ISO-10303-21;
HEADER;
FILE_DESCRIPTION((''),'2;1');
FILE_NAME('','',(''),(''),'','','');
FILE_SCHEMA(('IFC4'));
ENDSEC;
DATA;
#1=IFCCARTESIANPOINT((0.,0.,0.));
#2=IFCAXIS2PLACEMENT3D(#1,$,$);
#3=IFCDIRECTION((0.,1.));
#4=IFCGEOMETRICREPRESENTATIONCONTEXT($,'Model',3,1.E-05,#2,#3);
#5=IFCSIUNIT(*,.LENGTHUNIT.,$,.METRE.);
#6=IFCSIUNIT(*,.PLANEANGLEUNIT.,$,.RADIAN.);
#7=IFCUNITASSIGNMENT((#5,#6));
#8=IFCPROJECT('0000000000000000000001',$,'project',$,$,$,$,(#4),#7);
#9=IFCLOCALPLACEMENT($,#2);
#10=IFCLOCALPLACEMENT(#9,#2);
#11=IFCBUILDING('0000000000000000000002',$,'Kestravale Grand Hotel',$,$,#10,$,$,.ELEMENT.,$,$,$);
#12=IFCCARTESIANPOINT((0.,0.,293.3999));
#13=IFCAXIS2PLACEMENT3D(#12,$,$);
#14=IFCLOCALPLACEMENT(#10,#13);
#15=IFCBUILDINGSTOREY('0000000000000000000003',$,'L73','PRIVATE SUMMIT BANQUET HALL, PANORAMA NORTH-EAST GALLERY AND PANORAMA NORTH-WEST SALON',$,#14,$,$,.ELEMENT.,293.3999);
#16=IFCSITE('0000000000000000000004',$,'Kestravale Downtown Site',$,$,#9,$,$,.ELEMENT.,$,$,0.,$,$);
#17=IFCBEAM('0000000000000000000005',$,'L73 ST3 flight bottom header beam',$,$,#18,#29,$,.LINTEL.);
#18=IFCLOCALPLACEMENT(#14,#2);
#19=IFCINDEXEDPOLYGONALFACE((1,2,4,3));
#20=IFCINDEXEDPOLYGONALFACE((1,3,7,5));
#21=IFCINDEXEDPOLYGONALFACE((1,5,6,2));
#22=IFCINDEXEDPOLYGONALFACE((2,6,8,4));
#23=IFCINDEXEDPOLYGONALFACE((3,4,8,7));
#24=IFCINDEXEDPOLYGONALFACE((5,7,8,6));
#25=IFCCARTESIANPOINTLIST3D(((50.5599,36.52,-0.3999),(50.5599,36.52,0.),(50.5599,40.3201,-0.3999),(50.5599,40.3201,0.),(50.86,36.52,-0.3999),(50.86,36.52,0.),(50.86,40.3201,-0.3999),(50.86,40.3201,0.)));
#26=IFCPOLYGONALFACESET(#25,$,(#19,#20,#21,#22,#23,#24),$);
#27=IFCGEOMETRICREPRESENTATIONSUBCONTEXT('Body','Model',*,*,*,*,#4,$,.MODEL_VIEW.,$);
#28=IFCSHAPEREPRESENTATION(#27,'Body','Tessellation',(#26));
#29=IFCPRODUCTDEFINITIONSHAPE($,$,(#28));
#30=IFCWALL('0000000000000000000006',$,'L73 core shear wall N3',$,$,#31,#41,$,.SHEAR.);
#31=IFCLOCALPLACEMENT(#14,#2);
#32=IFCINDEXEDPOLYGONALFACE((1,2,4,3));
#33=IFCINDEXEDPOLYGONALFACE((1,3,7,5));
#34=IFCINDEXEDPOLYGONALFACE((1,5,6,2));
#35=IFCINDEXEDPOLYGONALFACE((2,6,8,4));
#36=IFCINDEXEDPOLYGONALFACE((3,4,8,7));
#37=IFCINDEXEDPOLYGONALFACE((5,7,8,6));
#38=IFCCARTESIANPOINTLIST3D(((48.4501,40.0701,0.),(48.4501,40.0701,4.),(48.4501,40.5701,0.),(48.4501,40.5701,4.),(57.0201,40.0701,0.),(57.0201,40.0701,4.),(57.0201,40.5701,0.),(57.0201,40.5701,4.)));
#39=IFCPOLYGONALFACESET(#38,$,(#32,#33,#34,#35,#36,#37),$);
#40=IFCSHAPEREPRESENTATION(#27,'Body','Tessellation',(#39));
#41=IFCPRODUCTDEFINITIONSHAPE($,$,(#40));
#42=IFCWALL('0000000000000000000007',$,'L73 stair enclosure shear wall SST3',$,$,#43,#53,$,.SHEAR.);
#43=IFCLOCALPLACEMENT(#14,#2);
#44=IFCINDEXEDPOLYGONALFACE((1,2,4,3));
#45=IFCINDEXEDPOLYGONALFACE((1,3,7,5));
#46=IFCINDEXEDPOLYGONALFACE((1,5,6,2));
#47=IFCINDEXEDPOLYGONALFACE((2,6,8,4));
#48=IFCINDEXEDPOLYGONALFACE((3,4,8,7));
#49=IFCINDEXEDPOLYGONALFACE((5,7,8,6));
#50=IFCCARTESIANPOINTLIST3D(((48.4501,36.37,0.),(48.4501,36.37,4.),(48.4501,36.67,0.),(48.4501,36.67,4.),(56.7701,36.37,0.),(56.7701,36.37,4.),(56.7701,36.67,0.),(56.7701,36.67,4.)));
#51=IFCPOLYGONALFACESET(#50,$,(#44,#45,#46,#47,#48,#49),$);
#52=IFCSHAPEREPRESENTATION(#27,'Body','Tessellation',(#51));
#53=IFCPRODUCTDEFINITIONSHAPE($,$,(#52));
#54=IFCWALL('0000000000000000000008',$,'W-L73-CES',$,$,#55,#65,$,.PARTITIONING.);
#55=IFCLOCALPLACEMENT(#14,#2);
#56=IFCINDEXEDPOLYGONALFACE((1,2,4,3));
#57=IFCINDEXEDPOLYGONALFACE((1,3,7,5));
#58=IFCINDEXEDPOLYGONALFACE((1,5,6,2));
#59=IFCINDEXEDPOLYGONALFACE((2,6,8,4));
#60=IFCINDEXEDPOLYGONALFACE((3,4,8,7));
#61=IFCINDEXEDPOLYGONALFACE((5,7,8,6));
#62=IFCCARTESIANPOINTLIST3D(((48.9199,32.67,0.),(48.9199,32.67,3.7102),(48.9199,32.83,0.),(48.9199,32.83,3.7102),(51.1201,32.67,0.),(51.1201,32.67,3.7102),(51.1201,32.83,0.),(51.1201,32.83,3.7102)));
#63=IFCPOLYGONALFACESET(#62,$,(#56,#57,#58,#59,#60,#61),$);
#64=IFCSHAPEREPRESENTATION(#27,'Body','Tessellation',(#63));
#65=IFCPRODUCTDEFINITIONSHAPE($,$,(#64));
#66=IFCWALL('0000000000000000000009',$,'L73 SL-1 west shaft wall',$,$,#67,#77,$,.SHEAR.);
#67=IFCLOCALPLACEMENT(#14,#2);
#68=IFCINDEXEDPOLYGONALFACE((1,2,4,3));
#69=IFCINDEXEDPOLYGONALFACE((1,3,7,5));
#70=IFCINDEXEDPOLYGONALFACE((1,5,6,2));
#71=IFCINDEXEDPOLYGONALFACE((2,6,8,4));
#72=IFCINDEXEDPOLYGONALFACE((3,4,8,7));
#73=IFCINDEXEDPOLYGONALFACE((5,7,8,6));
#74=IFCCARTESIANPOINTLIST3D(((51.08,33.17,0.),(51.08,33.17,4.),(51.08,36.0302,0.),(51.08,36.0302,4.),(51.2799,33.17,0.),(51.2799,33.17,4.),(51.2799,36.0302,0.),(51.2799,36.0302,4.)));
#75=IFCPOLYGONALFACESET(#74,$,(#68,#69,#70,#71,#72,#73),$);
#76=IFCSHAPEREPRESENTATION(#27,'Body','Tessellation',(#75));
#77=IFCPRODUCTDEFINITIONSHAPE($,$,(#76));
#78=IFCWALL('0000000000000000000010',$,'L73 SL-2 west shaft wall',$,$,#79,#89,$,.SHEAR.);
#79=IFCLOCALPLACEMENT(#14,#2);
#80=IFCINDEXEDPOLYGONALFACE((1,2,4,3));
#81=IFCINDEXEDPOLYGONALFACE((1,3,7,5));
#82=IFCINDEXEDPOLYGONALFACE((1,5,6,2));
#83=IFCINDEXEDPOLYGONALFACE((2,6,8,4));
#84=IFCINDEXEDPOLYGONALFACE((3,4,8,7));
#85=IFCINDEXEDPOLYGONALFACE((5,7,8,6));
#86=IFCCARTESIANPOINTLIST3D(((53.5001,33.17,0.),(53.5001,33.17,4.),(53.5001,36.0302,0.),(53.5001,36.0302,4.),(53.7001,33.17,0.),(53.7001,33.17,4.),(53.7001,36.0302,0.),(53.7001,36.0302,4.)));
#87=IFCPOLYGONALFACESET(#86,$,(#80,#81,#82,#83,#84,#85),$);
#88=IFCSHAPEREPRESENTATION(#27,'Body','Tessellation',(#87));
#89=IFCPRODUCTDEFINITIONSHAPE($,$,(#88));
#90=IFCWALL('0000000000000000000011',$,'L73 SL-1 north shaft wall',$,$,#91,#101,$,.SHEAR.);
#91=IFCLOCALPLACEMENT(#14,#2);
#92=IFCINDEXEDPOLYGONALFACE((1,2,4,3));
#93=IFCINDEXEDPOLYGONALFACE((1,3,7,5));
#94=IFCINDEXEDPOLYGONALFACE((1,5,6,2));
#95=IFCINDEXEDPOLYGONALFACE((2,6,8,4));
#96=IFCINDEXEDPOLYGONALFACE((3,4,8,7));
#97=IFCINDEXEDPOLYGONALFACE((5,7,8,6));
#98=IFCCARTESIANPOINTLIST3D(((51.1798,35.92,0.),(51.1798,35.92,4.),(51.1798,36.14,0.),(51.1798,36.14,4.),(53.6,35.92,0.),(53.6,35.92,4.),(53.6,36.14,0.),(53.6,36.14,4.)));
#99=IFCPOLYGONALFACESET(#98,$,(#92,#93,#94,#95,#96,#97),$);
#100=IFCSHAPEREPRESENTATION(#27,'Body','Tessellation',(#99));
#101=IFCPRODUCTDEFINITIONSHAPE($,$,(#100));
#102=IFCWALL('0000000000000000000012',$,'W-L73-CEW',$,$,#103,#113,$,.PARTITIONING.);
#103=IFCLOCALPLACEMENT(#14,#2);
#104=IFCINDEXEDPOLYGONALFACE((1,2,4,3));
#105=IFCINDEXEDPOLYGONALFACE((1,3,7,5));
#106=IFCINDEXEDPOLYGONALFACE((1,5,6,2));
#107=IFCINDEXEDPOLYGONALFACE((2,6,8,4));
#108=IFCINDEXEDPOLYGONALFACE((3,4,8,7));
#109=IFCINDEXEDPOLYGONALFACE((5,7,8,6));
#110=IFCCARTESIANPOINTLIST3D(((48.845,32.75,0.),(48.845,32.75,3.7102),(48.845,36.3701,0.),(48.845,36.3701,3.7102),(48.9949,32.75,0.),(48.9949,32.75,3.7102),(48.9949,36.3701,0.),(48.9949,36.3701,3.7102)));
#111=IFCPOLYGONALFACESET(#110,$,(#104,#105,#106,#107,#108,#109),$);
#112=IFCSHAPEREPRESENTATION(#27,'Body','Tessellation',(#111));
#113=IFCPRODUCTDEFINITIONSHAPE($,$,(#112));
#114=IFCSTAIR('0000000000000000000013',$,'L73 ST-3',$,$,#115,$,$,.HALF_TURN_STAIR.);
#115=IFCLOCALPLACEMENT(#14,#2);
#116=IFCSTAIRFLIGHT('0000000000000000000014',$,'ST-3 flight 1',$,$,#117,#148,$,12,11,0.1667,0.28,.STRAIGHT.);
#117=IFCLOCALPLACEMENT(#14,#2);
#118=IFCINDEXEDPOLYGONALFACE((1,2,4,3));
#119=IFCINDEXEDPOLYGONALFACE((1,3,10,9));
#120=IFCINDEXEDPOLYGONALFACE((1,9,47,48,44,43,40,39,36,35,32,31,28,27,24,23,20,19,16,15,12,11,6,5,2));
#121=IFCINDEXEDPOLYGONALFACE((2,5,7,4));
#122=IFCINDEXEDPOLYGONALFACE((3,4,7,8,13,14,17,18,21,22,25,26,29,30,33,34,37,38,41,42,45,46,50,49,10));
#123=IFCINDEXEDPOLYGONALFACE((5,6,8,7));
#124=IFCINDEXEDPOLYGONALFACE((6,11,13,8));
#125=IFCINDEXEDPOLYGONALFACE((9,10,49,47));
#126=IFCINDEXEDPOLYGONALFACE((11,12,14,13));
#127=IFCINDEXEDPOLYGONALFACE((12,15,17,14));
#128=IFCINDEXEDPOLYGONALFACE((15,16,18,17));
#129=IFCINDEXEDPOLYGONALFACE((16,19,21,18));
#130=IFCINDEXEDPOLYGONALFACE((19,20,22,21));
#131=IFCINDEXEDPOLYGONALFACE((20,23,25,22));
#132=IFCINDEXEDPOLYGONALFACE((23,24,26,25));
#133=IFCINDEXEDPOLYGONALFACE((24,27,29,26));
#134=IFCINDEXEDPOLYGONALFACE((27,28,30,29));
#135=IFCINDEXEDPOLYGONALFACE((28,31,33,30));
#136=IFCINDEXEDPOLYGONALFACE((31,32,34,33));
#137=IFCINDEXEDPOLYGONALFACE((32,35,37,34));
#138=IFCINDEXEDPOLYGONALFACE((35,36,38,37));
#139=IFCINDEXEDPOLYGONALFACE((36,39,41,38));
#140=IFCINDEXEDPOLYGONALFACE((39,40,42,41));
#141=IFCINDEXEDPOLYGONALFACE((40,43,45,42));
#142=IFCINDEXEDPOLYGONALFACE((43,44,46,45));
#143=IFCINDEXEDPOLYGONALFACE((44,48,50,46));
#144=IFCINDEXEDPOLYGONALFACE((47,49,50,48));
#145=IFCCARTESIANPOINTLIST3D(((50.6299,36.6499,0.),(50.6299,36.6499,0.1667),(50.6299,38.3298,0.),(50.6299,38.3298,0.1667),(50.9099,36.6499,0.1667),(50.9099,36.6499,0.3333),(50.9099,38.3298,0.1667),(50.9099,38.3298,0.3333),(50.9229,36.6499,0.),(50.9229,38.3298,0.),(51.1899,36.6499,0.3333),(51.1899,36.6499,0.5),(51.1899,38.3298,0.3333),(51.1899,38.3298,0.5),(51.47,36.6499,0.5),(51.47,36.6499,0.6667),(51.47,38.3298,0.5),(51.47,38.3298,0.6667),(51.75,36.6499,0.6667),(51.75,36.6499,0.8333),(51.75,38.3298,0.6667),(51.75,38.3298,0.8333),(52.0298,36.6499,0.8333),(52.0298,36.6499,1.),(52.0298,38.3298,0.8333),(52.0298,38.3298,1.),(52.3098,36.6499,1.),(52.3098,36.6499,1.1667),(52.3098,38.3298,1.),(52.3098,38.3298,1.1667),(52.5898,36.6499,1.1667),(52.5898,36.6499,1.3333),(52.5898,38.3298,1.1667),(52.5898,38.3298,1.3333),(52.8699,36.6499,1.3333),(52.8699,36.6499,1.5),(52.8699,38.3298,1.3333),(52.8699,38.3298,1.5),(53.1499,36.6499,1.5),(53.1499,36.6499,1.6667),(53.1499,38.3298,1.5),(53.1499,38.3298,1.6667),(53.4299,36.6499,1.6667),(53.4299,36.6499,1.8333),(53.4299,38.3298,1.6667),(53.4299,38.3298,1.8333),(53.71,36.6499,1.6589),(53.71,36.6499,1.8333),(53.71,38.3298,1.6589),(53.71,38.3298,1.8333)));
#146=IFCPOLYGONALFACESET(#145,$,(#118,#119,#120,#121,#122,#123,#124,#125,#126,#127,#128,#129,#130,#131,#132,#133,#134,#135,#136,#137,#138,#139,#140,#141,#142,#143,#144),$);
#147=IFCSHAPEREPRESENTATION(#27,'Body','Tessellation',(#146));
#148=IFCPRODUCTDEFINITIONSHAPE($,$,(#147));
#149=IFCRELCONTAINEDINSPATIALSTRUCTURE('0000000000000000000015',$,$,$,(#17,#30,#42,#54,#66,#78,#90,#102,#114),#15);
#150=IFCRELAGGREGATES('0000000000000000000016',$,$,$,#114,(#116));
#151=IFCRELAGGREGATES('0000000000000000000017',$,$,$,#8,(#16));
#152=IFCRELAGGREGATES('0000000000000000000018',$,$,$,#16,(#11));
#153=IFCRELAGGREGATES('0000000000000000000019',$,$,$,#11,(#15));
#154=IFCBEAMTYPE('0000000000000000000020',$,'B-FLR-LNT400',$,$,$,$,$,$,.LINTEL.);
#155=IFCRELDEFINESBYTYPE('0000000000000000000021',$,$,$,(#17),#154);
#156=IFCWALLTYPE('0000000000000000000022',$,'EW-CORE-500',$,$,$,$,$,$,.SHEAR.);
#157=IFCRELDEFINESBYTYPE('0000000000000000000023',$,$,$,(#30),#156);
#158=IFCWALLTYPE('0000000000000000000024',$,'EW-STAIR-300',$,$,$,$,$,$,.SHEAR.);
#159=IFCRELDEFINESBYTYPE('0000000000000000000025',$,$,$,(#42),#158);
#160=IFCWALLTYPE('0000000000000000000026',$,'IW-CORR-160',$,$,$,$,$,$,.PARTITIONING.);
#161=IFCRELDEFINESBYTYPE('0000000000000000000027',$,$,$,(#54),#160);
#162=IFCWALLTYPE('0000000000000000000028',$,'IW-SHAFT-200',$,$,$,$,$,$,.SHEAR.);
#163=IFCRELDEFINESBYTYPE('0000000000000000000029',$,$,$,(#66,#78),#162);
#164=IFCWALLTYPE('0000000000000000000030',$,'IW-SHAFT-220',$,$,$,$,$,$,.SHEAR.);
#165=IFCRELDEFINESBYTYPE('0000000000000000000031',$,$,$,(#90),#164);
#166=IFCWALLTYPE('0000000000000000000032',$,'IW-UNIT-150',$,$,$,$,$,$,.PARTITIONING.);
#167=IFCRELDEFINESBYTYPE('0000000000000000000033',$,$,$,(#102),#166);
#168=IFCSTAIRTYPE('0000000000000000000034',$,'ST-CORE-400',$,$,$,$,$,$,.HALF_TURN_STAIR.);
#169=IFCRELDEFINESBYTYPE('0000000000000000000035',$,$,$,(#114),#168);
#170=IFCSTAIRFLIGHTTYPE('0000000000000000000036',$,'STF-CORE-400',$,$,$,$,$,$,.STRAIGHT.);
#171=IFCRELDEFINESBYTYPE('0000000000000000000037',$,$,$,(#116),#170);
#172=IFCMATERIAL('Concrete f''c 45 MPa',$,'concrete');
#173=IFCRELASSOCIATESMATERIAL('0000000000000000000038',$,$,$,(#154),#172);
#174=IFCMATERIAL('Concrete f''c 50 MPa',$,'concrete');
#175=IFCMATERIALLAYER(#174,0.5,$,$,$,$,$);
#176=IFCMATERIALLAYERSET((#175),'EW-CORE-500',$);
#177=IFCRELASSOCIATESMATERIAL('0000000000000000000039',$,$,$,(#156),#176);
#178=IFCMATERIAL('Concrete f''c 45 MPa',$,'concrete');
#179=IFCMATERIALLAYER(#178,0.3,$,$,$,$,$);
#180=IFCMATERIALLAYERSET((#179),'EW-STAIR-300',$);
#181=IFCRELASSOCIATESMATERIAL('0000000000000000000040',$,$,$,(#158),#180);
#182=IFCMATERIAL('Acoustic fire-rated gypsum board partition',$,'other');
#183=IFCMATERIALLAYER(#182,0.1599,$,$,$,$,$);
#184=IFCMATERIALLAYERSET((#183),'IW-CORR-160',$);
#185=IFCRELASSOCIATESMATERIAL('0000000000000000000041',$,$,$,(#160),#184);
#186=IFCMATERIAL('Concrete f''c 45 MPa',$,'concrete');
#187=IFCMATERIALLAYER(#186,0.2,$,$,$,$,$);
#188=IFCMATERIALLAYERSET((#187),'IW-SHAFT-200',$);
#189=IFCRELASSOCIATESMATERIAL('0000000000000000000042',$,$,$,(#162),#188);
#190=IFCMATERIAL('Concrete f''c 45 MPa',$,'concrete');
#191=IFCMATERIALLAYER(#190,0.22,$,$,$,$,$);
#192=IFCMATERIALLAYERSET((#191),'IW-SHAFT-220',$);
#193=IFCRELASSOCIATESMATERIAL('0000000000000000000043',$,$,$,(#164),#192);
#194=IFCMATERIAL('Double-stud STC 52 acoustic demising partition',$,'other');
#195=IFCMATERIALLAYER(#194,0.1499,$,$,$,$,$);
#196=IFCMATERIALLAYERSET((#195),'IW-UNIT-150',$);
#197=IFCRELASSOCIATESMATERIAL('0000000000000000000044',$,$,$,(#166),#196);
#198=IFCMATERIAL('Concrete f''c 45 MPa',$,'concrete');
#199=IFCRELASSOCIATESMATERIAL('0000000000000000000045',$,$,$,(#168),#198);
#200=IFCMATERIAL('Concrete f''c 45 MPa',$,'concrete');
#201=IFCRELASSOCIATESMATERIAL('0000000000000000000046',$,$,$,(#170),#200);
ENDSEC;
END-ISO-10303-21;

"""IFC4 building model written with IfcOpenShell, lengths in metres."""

from ifc_helpers import new_model, si_unit, direction, frame, frame_2d, origin, origin_2d, place, context, subcontext, project, spatial, polyline, rectangle, outline, extrude, material, layer, layer_set, material_profile, profile_set, type_object, element, aggregate, save


model = new_model("IFC4")

# Units and contexts
model_context = context("Model", 3, precision=1e-05, world=origin(), true_north=direction((0.0, 1.0)))
body_context = subcontext(model_context, "Body", "Model", "MODEL_VIEW")
ifc_project = project(units=[si_unit("LENGTHUNIT", "METRE"), si_unit("PLANEANGLEUNIT", "RADIAN")], contexts=[model_context])

# Site, building, storey
site_placement = place(None, origin())
site = spatial("IfcSite", under=ifc_project, at=site_placement, Name="Kestravale Downtown Site", CompositionType="ELEMENT", RefElevation=0.0)
building_placement = place(site_placement, origin())
building = spatial("IfcBuilding", under=site, at=building_placement, Name="Kestravale Grand Hotel", CompositionType="ELEMENT")
storey_placement = place(building_placement, frame((0.0, 0.0, 293.3999)))
storey = spatial("IfcBuildingStorey", under=building, at=storey_placement, Name="L73", Description="PRIVATE SUMMIT BANQUET HALL, PANORAMA NORTH-EAST GALLERY AND PANORAMA NORTH-WEST SALON", CompositionType="ELEMENT", Elevation=293.3999)

# Beam
ifc_material_1 = material(Name="Concrete f'c 45 MPa", Category="concrete")
ifc_material_profile = material_profile(ifc_material_1, rectangle(XDim=0.3, YDim=0.3999, at=origin_2d()))
ifc_profile_set = profile_set([ifc_material_profile], Name="Concrete f'c 45 MPa")
beam_type = type_object("IfcBeamType", Name="B-FLR-LNT400", PredefinedType="LINTEL", material=ifc_profile_set)
beam_placement = place(storey_placement, frame((50.71, 36.52, -0.2), z_axis=(0.0, 1.0, 0.0), x_axis=(-1.0, 0.0, 0.0)))
element("IfcBeam", 1, at=beam_placement, inside=storey, type_object=beam_type, Name="L73 ST3 flight bottom header beam", PredefinedType="LINTEL", context=body_context, shape_type="SweptSolid", body=[
    extrude(rectangle(XDim=0.3, YDim=0.3999, at=origin_2d()), origin(), (0.0, 0.0, 1.0), 3.8),
])

# Walls
ifc_material_2 = material(Name="Concrete f'c 50 MPa", Category="concrete")
ifc_layer_1 = layer(ifc_material_2, 0.5)
ifc_layer_set_1 = layer_set([ifc_layer_1], Name="EW-CORE-500")
wall_type_1 = type_object("IfcWallType", Name="EW-CORE-500", PredefinedType="SHEAR", material=ifc_layer_set_1)
wall_1_placement = place(storey_placement, frame((48.45, 40.3201, 0.0), z_axis=(0.0, 0.0, 1.0), x_axis=(1.0, 0.0, 0.0)))
element("IfcWall", 2, at=wall_1_placement, inside=storey, type_object=wall_type_1, Name="L73 core shear wall N3", PredefinedType="SHEAR", context=body_context, shape_type="SweptSolid", body=[
    extrude(rectangle(XDim=8.5701, YDim=0.5, at=frame_2d((4.2852, 0.0))), origin(), (0.0, 0.0, 1.0), 4.0),
])
ifc_material_3 = material(Name="Concrete f'c 45 MPa", Category="concrete")
ifc_layer_2 = layer(ifc_material_3, 0.3)
ifc_layer_set_2 = layer_set([ifc_layer_2], Name="EW-STAIR-300")
wall_type_2 = type_object("IfcWallType", Name="EW-STAIR-300", PredefinedType="SHEAR", material=ifc_layer_set_2)
wall_2_placement = place(storey_placement, frame((48.45, 36.52, 0.0), z_axis=(0.0, 0.0, 1.0), x_axis=(1.0, 0.0, 0.0)))
element("IfcWall", 3, at=wall_2_placement, inside=storey, type_object=wall_type_2, Name="L73 stair enclosure shear wall SST3", PredefinedType="SHEAR", context=body_context, shape_type="SweptSolid", body=[
    extrude(rectangle(XDim=8.3201, YDim=0.3, at=frame_2d((4.1602, 0.0))), origin(), (0.0, 0.0, 1.0), 4.0),
])
ifc_material_4 = material(Name="Acoustic fire-rated gypsum board partition", Category="other")
ifc_layer_3 = layer(ifc_material_4, 0.1599)
ifc_layer_set_3 = layer_set([ifc_layer_3], Name="IW-CORR-160")
wall_type_3 = type_object("IfcWallType", Name="IW-CORR-160", PredefinedType="PARTITIONING", material=ifc_layer_set_3)
wall_3_placement = place(storey_placement, frame((48.9199, 32.75, 0.0), z_axis=(0.0, 0.0, 1.0), x_axis=(1.0, 0.0, 0.0)))
element("IfcWall", 4, at=wall_3_placement, inside=storey, type_object=wall_type_3, Name="W-L73-CES", PredefinedType="PARTITIONING", context=body_context, shape_type="SweptSolid", body=[
    extrude(rectangle(XDim=2.2002, YDim=0.1599, at=frame_2d((1.1001, 0.0))), origin(), (0.0, 0.0, 1.0), 3.7102),
])
ifc_material_5 = material(Name="Concrete f'c 45 MPa", Category="concrete")
ifc_layer_4 = layer(ifc_material_5, 0.2)
ifc_layer_set_4 = layer_set([ifc_layer_4], Name="IW-SHAFT-200")
wall_type_4 = type_object("IfcWallType", Name="IW-SHAFT-200", PredefinedType="SHEAR", material=ifc_layer_set_4)
for number, where, z_axis, x_axis, name in (
    (5, (51.1799, 33.1699, 0.0), (0.0, 0.0, 1.0), (0.0, 1.0, 0.0), "L73 SL-1 west shaft wall"),
    (6, (53.6001, 33.1699, 0.0), (0.0, 0.0, 1.0), (0.0, 1.0, 0.0), "L73 SL-2 west shaft wall"),
):
    element("IfcWall", number, at=place(storey_placement, frame(where, z_axis=z_axis, x_axis=x_axis)), inside=storey, type_object=wall_type_4, Name=name, PredefinedType="SHEAR", context=body_context, shape_type="SweptSolid", body=[
        extrude(rectangle(XDim=2.8601, YDim=0.2, at=frame_2d((1.4302, 0.0))), origin(), (0.0, 0.0, 1.0), 4.0),
    ])
ifc_material_6 = material(Name="Concrete f'c 45 MPa", Category="concrete")
ifc_layer_5 = layer(ifc_material_6, 0.22)
ifc_layer_set_5 = layer_set([ifc_layer_5], Name="IW-SHAFT-220")
wall_type_5 = type_object("IfcWallType", Name="IW-SHAFT-220", PredefinedType="SHEAR", material=ifc_layer_set_5)
wall_4_placement = place(storey_placement, frame((51.1799, 36.03, 0.0), z_axis=(0.0, 0.0, 1.0), x_axis=(1.0, 0.0, 0.0)))
element("IfcWall", 7, at=wall_4_placement, inside=storey, type_object=wall_type_5, Name="L73 SL-1 north shaft wall", PredefinedType="SHEAR", context=body_context, shape_type="SweptSolid", body=[
    extrude(rectangle(XDim=2.4202, YDim=0.22, at=frame_2d((1.21, 0.0))), origin(), (0.0, 0.0, 1.0), 4.0),
])

# Wall
ifc_material_7 = material(Name="Double-stud STC 52 acoustic demising partition", Category="other")
ifc_layer_6 = layer(ifc_material_7, 0.1499)
ifc_layer_set_6 = layer_set([ifc_layer_6], Name="IW-UNIT-150")
wall_type_6 = type_object("IfcWallType", Name="IW-UNIT-150", PredefinedType="PARTITIONING", material=ifc_layer_set_6)
wall_5_placement = place(storey_placement, frame((48.9199, 32.75, 0.0), z_axis=(0.0, 0.0, 1.0), x_axis=(0.0, 1.0, 0.0)))
element("IfcWall", 8, at=wall_5_placement, inside=storey, type_object=wall_type_6, Name="W-L73-CEW", PredefinedType="PARTITIONING", context=body_context, shape_type="SweptSolid", body=[
    extrude(rectangle(XDim=3.6201, YDim=0.1499, at=frame_2d((1.8101, 0.0))), origin(), (0.0, 0.0, 1.0), 3.7102),
])

# Stair, stair flight
ifc_material_8 = material(Name="Concrete f'c 45 MPa", Category="concrete")
stair_type = type_object("IfcStairType", Name="ST-CORE-400", PredefinedType="HALF_TURN_STAIR", material=ifc_material_8)
stair_placement = place(storey_placement, origin())
stair = element("IfcStair", 9, at=stair_placement, inside=storey, type_object=stair_type, Name="L73 ST-3", PredefinedType="HALF_TURN_STAIR")
ifc_material_9 = material(Name="Concrete f'c 45 MPa", Category="concrete")
stair_flight_type = type_object("IfcStairFlightType", Name="STF-CORE-400", PredefinedType="STRAIGHT", material=ifc_material_9)
stair_flight_placement = place(storey_placement, frame((50.6299, 37.49, 0.0), z_axis=(0.0, 0.0, 1.0), x_axis=(1.0, 0.0, 0.0)))
stair_flight = element("IfcStairFlight", 10, at=stair_flight_placement, type_object=stair_flight_type, Name="ST-3 flight 1", NumberOfRisers=12, NumberOfTreads=11, PredefinedType="STRAIGHT", RiserHeight=0.1667, TreadLength=0.28, context=body_context, shape_type="SweptSolid", body=[
    extrude(outline(polyline([(0.0, 0.0), (0.0, 0.1667), (0.28, 0.1667), (0.28, 0.3333), (0.5601, 0.3333), (0.5601, 0.5), (0.8401, 0.5), (0.8401, 0.6667), (1.1201, 0.6667), (1.1201, 0.8333), (1.3999, 0.8333), (1.3999, 1.0), (1.6799, 1.0), (1.6799, 1.1667), (1.96, 1.1667), (1.96, 1.3333), (2.24, 1.3333), (2.24, 1.5), (2.52, 1.5), (2.52, 1.6667), (2.8, 1.6667), (2.8, 1.8333), (3.0801, 1.8333), (3.0801, 2.0), (3.0801, 1.6589), (0.293, 0.0), (0.0, 0.0)])), frame((0.0, 0.8398, 0.0), z_axis=(0.0, -1.0, 0.0), x_axis=(1.0, 0.0, 0.0)), (0.0, 0.0, 1.0), 1.6799),
])
aggregate(stair, [stair_flight])

save(model, "model.ifc")
